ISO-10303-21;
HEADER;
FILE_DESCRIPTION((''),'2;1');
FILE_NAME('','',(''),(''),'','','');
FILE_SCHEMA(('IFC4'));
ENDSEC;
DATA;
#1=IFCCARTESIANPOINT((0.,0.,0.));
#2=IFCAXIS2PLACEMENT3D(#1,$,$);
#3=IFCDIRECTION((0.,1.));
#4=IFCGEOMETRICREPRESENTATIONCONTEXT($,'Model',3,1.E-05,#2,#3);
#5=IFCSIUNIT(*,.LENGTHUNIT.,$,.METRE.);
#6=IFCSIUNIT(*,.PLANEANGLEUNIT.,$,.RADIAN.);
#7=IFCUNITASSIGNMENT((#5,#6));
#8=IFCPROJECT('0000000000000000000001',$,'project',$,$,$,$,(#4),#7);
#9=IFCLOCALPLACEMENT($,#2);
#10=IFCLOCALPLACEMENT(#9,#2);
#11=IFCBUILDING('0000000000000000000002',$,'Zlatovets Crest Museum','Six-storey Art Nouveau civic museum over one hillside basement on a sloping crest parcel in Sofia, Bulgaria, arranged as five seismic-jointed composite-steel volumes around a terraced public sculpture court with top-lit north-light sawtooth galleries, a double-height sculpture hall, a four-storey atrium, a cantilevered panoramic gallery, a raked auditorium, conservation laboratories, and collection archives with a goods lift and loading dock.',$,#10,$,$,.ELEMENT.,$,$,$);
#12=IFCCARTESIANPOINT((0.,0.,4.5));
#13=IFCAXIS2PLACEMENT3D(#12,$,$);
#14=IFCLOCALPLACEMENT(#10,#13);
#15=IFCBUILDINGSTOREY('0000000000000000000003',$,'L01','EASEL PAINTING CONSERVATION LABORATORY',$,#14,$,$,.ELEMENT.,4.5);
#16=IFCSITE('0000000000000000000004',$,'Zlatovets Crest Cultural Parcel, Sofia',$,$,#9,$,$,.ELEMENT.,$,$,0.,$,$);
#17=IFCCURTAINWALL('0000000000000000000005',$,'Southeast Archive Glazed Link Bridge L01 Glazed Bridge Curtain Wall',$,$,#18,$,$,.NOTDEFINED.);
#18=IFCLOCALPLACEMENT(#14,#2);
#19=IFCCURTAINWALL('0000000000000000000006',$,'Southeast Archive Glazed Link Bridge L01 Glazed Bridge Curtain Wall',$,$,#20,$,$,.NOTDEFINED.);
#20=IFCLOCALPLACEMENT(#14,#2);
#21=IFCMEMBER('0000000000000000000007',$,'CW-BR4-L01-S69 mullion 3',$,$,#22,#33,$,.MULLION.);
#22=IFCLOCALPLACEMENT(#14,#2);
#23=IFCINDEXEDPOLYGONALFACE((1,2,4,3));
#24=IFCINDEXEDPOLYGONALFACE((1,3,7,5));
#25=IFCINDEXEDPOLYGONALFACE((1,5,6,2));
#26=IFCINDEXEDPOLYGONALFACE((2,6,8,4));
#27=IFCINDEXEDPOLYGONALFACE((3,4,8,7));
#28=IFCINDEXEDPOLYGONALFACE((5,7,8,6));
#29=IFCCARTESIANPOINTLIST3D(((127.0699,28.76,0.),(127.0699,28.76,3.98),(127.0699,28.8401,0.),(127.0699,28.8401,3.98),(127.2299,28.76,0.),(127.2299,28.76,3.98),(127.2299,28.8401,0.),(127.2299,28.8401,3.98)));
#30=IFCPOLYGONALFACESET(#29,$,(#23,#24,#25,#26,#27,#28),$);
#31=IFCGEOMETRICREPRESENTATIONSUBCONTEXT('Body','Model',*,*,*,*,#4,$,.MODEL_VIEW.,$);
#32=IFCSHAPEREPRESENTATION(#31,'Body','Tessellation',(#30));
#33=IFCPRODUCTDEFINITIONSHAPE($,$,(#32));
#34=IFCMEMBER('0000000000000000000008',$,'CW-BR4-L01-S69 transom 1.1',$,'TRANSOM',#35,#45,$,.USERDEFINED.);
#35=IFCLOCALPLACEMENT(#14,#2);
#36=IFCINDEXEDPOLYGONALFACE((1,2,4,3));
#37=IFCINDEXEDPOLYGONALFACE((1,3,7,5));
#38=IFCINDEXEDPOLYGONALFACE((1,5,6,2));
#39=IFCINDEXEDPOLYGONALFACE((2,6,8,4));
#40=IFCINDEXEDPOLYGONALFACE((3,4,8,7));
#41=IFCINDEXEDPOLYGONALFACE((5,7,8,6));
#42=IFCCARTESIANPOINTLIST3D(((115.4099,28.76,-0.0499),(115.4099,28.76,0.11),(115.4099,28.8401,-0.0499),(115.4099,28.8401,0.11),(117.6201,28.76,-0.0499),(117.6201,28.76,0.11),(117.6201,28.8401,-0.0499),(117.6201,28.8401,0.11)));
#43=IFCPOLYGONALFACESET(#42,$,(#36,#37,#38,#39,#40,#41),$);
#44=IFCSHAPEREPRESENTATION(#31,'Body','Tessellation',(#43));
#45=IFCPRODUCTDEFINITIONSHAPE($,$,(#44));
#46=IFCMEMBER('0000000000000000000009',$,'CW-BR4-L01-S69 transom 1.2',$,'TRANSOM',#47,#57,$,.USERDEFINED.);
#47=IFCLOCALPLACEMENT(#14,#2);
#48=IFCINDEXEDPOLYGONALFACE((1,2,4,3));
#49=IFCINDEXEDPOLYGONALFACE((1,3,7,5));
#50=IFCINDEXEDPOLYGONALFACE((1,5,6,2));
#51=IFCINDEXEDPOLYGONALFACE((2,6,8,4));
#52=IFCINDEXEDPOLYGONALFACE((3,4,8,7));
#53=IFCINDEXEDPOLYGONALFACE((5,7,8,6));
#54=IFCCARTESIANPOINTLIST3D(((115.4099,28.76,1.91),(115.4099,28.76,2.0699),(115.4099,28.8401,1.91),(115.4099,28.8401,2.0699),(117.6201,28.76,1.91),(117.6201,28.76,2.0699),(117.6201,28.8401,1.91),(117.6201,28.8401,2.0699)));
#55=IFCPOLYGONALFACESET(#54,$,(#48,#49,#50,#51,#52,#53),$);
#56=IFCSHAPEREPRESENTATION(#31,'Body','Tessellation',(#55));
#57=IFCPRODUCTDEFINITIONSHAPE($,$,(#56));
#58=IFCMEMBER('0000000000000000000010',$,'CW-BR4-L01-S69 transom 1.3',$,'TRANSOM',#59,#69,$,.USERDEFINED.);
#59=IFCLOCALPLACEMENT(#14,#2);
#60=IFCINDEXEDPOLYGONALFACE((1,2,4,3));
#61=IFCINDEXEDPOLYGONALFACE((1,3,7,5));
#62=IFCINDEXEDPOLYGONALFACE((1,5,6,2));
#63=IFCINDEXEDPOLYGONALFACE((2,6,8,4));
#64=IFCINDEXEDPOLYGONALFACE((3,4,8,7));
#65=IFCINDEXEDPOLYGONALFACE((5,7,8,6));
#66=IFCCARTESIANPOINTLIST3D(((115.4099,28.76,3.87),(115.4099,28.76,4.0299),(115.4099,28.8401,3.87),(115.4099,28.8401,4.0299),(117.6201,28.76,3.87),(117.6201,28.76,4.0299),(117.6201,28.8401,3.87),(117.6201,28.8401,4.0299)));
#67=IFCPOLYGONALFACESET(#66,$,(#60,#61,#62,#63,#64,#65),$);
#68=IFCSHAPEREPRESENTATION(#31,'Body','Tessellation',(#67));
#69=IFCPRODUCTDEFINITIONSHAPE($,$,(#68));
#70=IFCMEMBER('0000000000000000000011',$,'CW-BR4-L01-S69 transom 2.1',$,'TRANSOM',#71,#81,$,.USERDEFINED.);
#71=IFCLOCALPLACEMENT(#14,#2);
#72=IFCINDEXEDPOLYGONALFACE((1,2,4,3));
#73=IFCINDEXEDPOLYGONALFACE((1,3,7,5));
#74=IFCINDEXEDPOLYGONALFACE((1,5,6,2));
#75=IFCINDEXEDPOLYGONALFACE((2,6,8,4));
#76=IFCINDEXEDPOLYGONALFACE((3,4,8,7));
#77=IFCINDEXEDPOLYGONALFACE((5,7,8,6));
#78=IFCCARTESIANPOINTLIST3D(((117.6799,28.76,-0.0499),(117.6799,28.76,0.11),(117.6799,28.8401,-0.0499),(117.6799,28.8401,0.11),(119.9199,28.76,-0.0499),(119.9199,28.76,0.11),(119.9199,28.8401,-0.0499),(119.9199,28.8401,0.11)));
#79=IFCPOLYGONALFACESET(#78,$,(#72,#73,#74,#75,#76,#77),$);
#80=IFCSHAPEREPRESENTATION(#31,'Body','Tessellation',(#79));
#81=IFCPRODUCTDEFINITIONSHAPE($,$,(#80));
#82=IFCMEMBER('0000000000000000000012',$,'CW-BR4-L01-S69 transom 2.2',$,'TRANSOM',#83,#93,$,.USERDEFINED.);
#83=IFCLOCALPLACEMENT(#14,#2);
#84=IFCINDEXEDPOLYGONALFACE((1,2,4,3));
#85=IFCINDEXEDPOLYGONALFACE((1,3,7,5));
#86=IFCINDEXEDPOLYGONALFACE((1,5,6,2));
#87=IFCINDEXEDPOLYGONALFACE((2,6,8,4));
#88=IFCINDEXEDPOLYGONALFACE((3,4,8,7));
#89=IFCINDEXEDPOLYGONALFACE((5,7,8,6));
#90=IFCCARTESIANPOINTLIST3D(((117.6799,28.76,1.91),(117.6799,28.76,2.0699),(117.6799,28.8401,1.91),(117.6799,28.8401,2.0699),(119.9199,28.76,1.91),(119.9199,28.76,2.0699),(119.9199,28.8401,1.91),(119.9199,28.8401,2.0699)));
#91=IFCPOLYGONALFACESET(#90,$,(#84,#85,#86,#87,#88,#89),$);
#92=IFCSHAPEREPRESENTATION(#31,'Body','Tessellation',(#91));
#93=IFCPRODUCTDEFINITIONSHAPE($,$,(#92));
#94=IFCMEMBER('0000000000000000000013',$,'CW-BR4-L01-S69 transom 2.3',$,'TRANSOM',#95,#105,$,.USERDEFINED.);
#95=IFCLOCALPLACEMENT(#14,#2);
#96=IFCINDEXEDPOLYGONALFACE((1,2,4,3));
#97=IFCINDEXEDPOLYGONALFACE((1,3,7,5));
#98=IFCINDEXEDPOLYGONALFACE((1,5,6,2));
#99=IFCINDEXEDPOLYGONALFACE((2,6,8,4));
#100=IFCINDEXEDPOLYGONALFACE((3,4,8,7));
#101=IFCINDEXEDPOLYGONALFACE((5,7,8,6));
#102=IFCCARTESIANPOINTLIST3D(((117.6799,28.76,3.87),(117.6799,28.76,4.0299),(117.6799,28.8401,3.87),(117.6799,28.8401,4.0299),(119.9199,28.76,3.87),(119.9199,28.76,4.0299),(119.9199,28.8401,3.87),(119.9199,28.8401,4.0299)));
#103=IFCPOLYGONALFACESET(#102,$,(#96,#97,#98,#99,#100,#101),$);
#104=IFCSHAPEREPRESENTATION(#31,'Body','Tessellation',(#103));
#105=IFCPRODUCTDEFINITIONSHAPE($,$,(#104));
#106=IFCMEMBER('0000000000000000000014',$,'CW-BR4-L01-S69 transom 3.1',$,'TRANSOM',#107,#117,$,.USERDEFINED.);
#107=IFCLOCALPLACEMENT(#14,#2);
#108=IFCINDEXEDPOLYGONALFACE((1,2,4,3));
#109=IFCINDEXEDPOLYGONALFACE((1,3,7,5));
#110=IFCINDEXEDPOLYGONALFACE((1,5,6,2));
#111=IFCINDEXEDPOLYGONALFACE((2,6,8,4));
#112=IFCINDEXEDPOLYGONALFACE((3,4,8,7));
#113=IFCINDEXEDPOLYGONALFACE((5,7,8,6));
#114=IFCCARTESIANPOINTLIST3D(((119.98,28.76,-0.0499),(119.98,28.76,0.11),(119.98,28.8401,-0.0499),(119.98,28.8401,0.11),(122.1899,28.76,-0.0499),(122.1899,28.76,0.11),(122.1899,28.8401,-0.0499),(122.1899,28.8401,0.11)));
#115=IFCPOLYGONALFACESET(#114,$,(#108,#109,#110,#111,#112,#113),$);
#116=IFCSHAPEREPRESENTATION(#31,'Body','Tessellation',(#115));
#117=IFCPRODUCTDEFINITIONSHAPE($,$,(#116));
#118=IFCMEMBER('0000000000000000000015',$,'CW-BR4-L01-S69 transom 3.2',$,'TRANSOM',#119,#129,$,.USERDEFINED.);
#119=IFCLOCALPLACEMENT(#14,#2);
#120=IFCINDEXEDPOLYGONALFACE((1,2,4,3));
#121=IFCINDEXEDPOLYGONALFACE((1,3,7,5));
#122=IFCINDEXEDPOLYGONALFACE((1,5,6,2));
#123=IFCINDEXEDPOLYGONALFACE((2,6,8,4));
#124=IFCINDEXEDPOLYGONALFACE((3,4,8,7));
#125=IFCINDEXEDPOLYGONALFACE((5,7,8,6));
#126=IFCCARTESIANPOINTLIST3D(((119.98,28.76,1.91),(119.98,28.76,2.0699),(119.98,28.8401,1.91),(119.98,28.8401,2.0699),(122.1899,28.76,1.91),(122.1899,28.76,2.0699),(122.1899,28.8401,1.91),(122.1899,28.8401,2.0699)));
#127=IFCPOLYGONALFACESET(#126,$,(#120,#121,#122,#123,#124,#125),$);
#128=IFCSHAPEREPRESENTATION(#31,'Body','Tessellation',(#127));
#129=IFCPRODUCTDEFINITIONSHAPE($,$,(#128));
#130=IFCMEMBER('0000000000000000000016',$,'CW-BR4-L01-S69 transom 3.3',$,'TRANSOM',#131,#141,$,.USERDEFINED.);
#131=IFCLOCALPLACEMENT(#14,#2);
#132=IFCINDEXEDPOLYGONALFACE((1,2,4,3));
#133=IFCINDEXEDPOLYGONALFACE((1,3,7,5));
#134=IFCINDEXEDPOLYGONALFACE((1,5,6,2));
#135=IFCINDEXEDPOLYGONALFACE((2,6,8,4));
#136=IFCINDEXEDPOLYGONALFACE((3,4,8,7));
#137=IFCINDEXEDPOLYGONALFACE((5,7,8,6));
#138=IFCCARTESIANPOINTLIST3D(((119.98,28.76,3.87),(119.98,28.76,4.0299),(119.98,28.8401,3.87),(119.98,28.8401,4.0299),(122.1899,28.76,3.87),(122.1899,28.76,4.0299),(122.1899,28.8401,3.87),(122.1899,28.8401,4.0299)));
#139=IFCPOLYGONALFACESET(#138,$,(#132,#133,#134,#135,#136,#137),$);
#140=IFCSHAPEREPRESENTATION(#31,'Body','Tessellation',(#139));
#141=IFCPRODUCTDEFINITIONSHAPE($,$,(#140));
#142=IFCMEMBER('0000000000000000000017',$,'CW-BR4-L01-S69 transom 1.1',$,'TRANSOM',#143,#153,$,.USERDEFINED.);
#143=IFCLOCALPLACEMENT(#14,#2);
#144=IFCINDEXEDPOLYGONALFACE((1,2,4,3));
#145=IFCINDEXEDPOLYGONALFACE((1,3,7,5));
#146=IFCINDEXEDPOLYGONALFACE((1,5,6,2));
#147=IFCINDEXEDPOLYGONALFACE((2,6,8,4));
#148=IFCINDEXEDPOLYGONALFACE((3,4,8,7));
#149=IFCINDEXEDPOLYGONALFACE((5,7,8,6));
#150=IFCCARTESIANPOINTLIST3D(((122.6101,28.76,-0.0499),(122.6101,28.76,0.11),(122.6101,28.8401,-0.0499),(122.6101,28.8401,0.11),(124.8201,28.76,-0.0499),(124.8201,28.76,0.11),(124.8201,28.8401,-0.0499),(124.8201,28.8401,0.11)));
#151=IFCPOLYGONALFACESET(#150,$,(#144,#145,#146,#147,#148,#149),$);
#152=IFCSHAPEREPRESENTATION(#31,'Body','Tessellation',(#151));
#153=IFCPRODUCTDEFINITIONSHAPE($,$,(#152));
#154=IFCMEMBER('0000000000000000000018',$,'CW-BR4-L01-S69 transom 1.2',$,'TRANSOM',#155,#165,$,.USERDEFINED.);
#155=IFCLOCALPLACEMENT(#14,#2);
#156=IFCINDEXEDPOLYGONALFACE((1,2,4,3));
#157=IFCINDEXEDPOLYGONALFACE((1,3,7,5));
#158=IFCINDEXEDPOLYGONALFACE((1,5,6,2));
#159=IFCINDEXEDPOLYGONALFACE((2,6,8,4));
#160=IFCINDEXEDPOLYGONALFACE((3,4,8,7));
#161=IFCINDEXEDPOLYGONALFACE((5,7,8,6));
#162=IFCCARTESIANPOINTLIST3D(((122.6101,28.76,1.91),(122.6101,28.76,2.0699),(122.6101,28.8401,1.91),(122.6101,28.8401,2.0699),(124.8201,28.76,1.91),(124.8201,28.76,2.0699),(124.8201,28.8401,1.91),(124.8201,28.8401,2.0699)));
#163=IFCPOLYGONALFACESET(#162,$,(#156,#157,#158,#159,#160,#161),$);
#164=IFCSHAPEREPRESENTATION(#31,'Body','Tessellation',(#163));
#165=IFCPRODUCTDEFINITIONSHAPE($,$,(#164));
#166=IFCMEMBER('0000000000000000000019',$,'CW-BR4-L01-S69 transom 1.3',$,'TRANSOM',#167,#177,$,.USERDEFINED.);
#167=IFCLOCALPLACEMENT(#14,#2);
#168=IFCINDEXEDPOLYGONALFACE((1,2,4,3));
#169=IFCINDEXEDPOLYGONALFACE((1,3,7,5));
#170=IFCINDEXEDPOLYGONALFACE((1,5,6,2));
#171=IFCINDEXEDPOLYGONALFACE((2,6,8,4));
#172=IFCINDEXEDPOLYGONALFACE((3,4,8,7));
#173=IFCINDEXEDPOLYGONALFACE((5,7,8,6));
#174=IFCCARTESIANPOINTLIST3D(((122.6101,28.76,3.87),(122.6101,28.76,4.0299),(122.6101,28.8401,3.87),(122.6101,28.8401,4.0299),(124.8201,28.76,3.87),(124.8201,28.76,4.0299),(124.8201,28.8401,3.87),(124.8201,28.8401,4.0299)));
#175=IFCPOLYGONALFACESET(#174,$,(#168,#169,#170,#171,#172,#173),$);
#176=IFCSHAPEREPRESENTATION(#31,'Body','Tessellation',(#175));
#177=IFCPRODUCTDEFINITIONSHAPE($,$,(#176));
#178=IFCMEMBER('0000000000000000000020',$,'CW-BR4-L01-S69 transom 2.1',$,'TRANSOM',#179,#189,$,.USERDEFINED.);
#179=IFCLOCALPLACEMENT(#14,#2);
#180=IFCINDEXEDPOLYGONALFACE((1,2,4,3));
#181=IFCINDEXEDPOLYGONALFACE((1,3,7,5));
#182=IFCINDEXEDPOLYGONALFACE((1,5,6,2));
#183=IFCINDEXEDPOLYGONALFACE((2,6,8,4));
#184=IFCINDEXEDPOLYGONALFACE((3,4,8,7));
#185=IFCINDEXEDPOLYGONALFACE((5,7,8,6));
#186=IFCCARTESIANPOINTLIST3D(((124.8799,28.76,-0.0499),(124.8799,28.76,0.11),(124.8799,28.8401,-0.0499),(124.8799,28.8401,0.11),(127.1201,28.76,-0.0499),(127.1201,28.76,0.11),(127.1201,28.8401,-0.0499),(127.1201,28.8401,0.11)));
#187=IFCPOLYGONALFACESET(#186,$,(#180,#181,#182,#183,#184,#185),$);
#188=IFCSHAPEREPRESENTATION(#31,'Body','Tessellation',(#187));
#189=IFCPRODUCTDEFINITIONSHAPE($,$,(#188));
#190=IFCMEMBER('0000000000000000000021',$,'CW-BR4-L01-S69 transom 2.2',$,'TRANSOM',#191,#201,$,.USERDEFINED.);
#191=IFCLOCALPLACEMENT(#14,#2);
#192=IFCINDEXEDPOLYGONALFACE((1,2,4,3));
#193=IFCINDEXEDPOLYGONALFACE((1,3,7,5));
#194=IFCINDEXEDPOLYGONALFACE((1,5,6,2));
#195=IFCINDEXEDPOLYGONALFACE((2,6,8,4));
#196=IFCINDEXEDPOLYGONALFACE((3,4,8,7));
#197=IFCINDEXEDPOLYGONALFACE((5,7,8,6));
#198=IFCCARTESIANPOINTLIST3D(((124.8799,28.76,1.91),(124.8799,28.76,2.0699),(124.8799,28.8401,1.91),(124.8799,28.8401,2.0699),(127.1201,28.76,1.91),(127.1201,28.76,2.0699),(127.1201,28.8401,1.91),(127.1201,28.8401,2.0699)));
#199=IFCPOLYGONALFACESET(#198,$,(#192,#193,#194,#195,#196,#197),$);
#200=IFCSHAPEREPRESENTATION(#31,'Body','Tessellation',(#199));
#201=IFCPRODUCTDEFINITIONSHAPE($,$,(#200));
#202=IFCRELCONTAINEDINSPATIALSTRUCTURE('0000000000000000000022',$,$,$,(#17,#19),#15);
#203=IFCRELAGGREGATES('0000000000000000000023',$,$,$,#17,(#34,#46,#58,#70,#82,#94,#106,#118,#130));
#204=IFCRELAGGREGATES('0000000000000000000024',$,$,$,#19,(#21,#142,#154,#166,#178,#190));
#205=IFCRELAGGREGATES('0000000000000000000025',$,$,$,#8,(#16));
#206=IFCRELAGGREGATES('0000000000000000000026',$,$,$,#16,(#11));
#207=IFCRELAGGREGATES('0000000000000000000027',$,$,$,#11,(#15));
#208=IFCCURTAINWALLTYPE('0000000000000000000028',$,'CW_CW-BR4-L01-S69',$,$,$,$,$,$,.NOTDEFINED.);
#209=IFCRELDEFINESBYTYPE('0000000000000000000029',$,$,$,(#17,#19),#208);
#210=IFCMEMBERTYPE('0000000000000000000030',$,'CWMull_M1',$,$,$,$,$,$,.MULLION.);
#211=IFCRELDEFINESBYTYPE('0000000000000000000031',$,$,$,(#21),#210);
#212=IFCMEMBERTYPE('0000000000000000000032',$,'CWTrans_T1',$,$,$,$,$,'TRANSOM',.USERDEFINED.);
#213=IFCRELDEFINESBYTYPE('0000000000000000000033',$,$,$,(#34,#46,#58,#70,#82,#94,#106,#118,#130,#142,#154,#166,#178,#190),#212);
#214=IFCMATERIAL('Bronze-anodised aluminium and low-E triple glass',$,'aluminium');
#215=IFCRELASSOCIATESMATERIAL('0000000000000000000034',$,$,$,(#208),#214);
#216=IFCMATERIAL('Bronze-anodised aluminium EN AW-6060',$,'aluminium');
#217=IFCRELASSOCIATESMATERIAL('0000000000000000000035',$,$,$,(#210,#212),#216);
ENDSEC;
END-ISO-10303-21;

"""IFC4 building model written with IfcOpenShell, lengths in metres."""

from ifc_helpers import new_model, si_unit, direction, frame, origin, origin_2d, place, context, subcontext, project, spatial, rectangle, extrude, material, material_profile, profile_set, type_object, element, aggregate, save


model = new_model("IFC4")

# Units and contexts
model_context = context("Model", 3, precision=1e-05, world=origin(), true_north=direction((0.0, 1.0)))
body_context = subcontext(model_context, "Body", "Model", "MODEL_VIEW")
ifc_project = project(units=[si_unit("LENGTHUNIT", "METRE"), si_unit("PLANEANGLEUNIT", "RADIAN")], contexts=[model_context])

# Site, building, storey
site_placement = place(None, origin())
site = spatial("IfcSite", under=ifc_project, at=site_placement, Name="Zlatovets Crest Cultural Parcel, Sofia", CompositionType="ELEMENT", RefElevation=0.0)
building_placement = place(site_placement, origin())
building = spatial("IfcBuilding", under=site, at=building_placement, Name="Zlatovets Crest Museum", Description="Six-storey Art Nouveau civic museum over one hillside basement on a sloping crest parcel in Sofia, Bulgaria, arranged as five seismic-jointed composite-steel volumes around a terraced public sculpture court with top-lit north-light sawtooth galleries, a double-height sculpture hall, a four-storey atrium, a cantilevered panoramic gallery, a raked auditorium, conservation laboratories, and collection archives with a goods lift and loading dock.", CompositionType="ELEMENT")
storey_placement = place(building_placement, frame((0.0, 0.0, 4.5)))
storey = spatial("IfcBuildingStorey", under=building, at=storey_placement, Name="L01", Description="EASEL PAINTING CONSERVATION LABORATORY", CompositionType="ELEMENT", Elevation=4.5)

# Curtain walls, member
ifc_material_1 = material(Name="Bronze-anodised aluminium and low-E triple glass", Category="aluminium")
curtain_wall_type = type_object("IfcCurtainWallType", Name="CW_CW-BR4-L01-S69", PredefinedType="NOTDEFINED", material=ifc_material_1)
curtain_wall_1_placement = place(storey_placement, origin())
curtain_wall_1 = element("IfcCurtainWall", 1, at=curtain_wall_1_placement, inside=storey, type_object=curtain_wall_type, Name="Southeast Archive Glazed Link Bridge L01 Glazed Bridge Curtain Wall", PredefinedType="NOTDEFINED")
ifc_material_2 = material(Name="Bronze-anodised aluminium EN AW-6060", Category="aluminium")
ifc_material_profile_1 = material_profile(ifc_material_2, rectangle(XDim=0.0801, YDim=0.1599, at=origin_2d()), Name="ALU 80x160")
ifc_profile_set_1 = profile_set([ifc_material_profile_1], Name="Bronze-anodised aluminium EN AW-6060")
member_type_1 = type_object("IfcMemberType", Name="CWMull_M1", PredefinedType="MULLION", material=ifc_profile_set_1)
curtain_wall_2_placement = place(storey_placement, origin())
curtain_wall_2 = element("IfcCurtainWall", 2, at=curtain_wall_2_placement, inside=storey, type_object=curtain_wall_type, Name="Southeast Archive Glazed Link Bridge L01 Glazed Bridge Curtain Wall", PredefinedType="NOTDEFINED")
member_1_placement = place(storey_placement, frame((127.1499, 28.8, 0.0), z_axis=(0.0, 0.0, 1.0), x_axis=(0.0, 1.0, 0.0)))
member_1 = element("IfcMember", 3, at=member_1_placement, type_object=member_type_1, Name="CW-BR4-L01-S69 mullion 3", PredefinedType="MULLION", context=body_context, shape_type="SweptSolid", body=[
    extrude(rectangle(XDim=0.0801, YDim=0.1599, at=origin_2d()), origin(), (0.0, 0.0, 1.0), 3.98),
])

# Members
ifc_material_profile_2 = material_profile(ifc_material_2, rectangle(XDim=0.0801, YDim=0.1599, at=origin_2d()), Name="ALU 80x160")
ifc_profile_set_2 = profile_set([ifc_material_profile_2], Name="Bronze-anodised aluminium EN AW-6060")
member_type_2 = type_object("IfcMemberType", Name="CWTrans_T1", ElementType="TRANSOM", PredefinedType="USERDEFINED", material=ifc_profile_set_2)
member_2_placement = place(storey_placement, frame((115.4099, 28.8, 0.03), z_axis=(1.0, 0.0, 0.0), x_axis=(0.0, 1.0, 0.0)))
member_2 = element("IfcMember", 4, at=member_2_placement, type_object=member_type_2, Name="CW-BR4-L01-S69 transom 1.1", ObjectType="TRANSOM", PredefinedType="USERDEFINED", context=body_context, shape_type="SweptSolid", body=[
    extrude(rectangle(XDim=0.0801, YDim=0.1599, at=origin_2d()), origin(), (0.0, 0.0, 1.0), 2.2102),
])
member_3_placement = place(storey_placement, frame((115.4099, 28.8, 1.99), z_axis=(1.0, 0.0, 0.0), x_axis=(0.0, 1.0, 0.0)))
member_3 = element("IfcMember", 5, at=member_3_placement, type_object=member_type_2, Name="CW-BR4-L01-S69 transom 1.2", ObjectType="TRANSOM", PredefinedType="USERDEFINED", context=body_context, shape_type="SweptSolid", body=[
    extrude(rectangle(XDim=0.0801, YDim=0.1599, at=origin_2d()), origin(), (0.0, 0.0, 1.0), 2.2102),
])
member_4_placement = place(storey_placement, frame((115.4099, 28.8, 3.95), z_axis=(1.0, 0.0, 0.0), x_axis=(0.0, 1.0, 0.0)))
member_4 = element("IfcMember", 6, at=member_4_placement, type_object=member_type_2, Name="CW-BR4-L01-S69 transom 1.3", ObjectType="TRANSOM", PredefinedType="USERDEFINED", context=body_context, shape_type="SweptSolid", body=[
    extrude(rectangle(XDim=0.0801, YDim=0.1599, at=origin_2d()), origin(), (0.0, 0.0, 1.0), 2.2102),
])
member_5_placement = place(storey_placement, frame((117.6799, 28.8, 0.03), z_axis=(1.0, 0.0, 0.0), x_axis=(0.0, 1.0, 0.0)))
member_5 = element("IfcMember", 7, at=member_5_placement, type_object=member_type_2, Name="CW-BR4-L01-S69 transom 2.1", ObjectType="TRANSOM", PredefinedType="USERDEFINED", context=body_context, shape_type="SweptSolid", body=[
    extrude(rectangle(XDim=0.0801, YDim=0.1599, at=origin_2d()), origin(), (0.0, 0.0, 1.0), 2.24),
])
member_6_placement = place(storey_placement, frame((117.6799, 28.8, 1.99), z_axis=(1.0, 0.0, 0.0), x_axis=(0.0, 1.0, 0.0)))
member_6 = element("IfcMember", 8, at=member_6_placement, type_object=member_type_2, Name="CW-BR4-L01-S69 transom 2.2", ObjectType="TRANSOM", PredefinedType="USERDEFINED", context=body_context, shape_type="SweptSolid", body=[
    extrude(rectangle(XDim=0.0801, YDim=0.1599, at=origin_2d()), origin(), (0.0, 0.0, 1.0), 2.24),
])
member_7_placement = place(storey_placement, frame((117.6799, 28.8, 3.95), z_axis=(1.0, 0.0, 0.0), x_axis=(0.0, 1.0, 0.0)))
member_7 = element("IfcMember", 9, at=member_7_placement, type_object=member_type_2, Name="CW-BR4-L01-S69 transom 2.3", ObjectType="TRANSOM", PredefinedType="USERDEFINED", context=body_context, shape_type="SweptSolid", body=[
    extrude(rectangle(XDim=0.0801, YDim=0.1599, at=origin_2d()), origin(), (0.0, 0.0, 1.0), 2.24),
])
member_8_placement = place(storey_placement, frame((119.98, 28.8, 0.03), z_axis=(1.0, 0.0, 0.0), x_axis=(0.0, 1.0, 0.0)))
member_8 = element("IfcMember", 10, at=member_8_placement, type_object=member_type_2, Name="CW-BR4-L01-S69 transom 3.1", ObjectType="TRANSOM", PredefinedType="USERDEFINED", context=body_context, shape_type="SweptSolid", body=[
    extrude(rectangle(XDim=0.0801, YDim=0.1599, at=origin_2d()), origin(), (0.0, 0.0, 1.0), 2.21),
])
member_9_placement = place(storey_placement, frame((119.98, 28.8, 1.99), z_axis=(1.0, 0.0, 0.0), x_axis=(0.0, 1.0, 0.0)))
member_9 = element("IfcMember", 11, at=member_9_placement, type_object=member_type_2, Name="CW-BR4-L01-S69 transom 3.2", ObjectType="TRANSOM", PredefinedType="USERDEFINED", context=body_context, shape_type="SweptSolid", body=[
    extrude(rectangle(XDim=0.0801, YDim=0.1599, at=origin_2d()), origin(), (0.0, 0.0, 1.0), 2.21),
])
member_10_placement = place(storey_placement, frame((119.98, 28.8, 3.95), z_axis=(1.0, 0.0, 0.0), x_axis=(0.0, 1.0, 0.0)))
member_10 = element("IfcMember", 12, at=member_10_placement, type_object=member_type_2, Name="CW-BR4-L01-S69 transom 3.3", ObjectType="TRANSOM", PredefinedType="USERDEFINED", context=body_context, shape_type="SweptSolid", body=[
    extrude(rectangle(XDim=0.0801, YDim=0.1599, at=origin_2d()), origin(), (0.0, 0.0, 1.0), 2.21),
])
member_11_placement = place(storey_placement, frame((122.6101, 28.8, 0.03), z_axis=(1.0, 0.0, 0.0), x_axis=(0.0, 1.0, 0.0)))
member_11 = element("IfcMember", 13, at=member_11_placement, type_object=member_type_2, Name="CW-BR4-L01-S69 transom 1.1", ObjectType="TRANSOM", PredefinedType="USERDEFINED", context=body_context, shape_type="SweptSolid", body=[
    extrude(rectangle(XDim=0.0801, YDim=0.1599, at=origin_2d()), origin(), (0.0, 0.0, 1.0), 2.21),
])
member_12_placement = place(storey_placement, frame((122.6101, 28.8, 1.99), z_axis=(1.0, 0.0, 0.0), x_axis=(0.0, 1.0, 0.0)))
member_12 = element("IfcMember", 14, at=member_12_placement, type_object=member_type_2, Name="CW-BR4-L01-S69 transom 1.2", ObjectType="TRANSOM", PredefinedType="USERDEFINED", context=body_context, shape_type="SweptSolid", body=[
    extrude(rectangle(XDim=0.0801, YDim=0.1599, at=origin_2d()), origin(), (0.0, 0.0, 1.0), 2.21),
])
member_13_placement = place(storey_placement, frame((122.6101, 28.8, 3.95), z_axis=(1.0, 0.0, 0.0), x_axis=(0.0, 1.0, 0.0)))
member_13 = element("IfcMember", 15, at=member_13_placement, type_object=member_type_2, Name="CW-BR4-L01-S69 transom 1.3", ObjectType="TRANSOM", PredefinedType="USERDEFINED", context=body_context, shape_type="SweptSolid", body=[
    extrude(rectangle(XDim=0.0801, YDim=0.1599, at=origin_2d()), origin(), (0.0, 0.0, 1.0), 2.21),
])
member_14_placement = place(storey_placement, frame((124.8799, 28.8, 0.03), z_axis=(1.0, 0.0, 0.0), x_axis=(0.0, 1.0, 0.0)))
member_14 = element("IfcMember", 16, at=member_14_placement, type_object=member_type_2, Name="CW-BR4-L01-S69 transom 2.1", ObjectType="TRANSOM", PredefinedType="USERDEFINED", context=body_context, shape_type="SweptSolid", body=[
    extrude(rectangle(XDim=0.0801, YDim=0.1599, at=origin_2d()), origin(), (0.0, 0.0, 1.0), 2.2402),
])
member_15_placement = place(storey_placement, frame((124.8799, 28.8, 1.99), z_axis=(1.0, 0.0, 0.0), x_axis=(0.0, 1.0, 0.0)))
member_15 = element("IfcMember", 17, at=member_15_placement, type_object=member_type_2, Name="CW-BR4-L01-S69 transom 2.2", ObjectType="TRANSOM", PredefinedType="USERDEFINED", context=body_context, shape_type="SweptSolid", body=[
    extrude(rectangle(XDim=0.0801, YDim=0.1599, at=origin_2d()), origin(), (0.0, 0.0, 1.0), 2.2402),
])

aggregate(curtain_wall_1, [member_2, member_3, member_4, member_5, member_6, member_7, member_8, member_9, member_10])
aggregate(curtain_wall_2, [member_1, member_11, member_12, member_13, member_14, member_15])

save(model, "model.ifc")
